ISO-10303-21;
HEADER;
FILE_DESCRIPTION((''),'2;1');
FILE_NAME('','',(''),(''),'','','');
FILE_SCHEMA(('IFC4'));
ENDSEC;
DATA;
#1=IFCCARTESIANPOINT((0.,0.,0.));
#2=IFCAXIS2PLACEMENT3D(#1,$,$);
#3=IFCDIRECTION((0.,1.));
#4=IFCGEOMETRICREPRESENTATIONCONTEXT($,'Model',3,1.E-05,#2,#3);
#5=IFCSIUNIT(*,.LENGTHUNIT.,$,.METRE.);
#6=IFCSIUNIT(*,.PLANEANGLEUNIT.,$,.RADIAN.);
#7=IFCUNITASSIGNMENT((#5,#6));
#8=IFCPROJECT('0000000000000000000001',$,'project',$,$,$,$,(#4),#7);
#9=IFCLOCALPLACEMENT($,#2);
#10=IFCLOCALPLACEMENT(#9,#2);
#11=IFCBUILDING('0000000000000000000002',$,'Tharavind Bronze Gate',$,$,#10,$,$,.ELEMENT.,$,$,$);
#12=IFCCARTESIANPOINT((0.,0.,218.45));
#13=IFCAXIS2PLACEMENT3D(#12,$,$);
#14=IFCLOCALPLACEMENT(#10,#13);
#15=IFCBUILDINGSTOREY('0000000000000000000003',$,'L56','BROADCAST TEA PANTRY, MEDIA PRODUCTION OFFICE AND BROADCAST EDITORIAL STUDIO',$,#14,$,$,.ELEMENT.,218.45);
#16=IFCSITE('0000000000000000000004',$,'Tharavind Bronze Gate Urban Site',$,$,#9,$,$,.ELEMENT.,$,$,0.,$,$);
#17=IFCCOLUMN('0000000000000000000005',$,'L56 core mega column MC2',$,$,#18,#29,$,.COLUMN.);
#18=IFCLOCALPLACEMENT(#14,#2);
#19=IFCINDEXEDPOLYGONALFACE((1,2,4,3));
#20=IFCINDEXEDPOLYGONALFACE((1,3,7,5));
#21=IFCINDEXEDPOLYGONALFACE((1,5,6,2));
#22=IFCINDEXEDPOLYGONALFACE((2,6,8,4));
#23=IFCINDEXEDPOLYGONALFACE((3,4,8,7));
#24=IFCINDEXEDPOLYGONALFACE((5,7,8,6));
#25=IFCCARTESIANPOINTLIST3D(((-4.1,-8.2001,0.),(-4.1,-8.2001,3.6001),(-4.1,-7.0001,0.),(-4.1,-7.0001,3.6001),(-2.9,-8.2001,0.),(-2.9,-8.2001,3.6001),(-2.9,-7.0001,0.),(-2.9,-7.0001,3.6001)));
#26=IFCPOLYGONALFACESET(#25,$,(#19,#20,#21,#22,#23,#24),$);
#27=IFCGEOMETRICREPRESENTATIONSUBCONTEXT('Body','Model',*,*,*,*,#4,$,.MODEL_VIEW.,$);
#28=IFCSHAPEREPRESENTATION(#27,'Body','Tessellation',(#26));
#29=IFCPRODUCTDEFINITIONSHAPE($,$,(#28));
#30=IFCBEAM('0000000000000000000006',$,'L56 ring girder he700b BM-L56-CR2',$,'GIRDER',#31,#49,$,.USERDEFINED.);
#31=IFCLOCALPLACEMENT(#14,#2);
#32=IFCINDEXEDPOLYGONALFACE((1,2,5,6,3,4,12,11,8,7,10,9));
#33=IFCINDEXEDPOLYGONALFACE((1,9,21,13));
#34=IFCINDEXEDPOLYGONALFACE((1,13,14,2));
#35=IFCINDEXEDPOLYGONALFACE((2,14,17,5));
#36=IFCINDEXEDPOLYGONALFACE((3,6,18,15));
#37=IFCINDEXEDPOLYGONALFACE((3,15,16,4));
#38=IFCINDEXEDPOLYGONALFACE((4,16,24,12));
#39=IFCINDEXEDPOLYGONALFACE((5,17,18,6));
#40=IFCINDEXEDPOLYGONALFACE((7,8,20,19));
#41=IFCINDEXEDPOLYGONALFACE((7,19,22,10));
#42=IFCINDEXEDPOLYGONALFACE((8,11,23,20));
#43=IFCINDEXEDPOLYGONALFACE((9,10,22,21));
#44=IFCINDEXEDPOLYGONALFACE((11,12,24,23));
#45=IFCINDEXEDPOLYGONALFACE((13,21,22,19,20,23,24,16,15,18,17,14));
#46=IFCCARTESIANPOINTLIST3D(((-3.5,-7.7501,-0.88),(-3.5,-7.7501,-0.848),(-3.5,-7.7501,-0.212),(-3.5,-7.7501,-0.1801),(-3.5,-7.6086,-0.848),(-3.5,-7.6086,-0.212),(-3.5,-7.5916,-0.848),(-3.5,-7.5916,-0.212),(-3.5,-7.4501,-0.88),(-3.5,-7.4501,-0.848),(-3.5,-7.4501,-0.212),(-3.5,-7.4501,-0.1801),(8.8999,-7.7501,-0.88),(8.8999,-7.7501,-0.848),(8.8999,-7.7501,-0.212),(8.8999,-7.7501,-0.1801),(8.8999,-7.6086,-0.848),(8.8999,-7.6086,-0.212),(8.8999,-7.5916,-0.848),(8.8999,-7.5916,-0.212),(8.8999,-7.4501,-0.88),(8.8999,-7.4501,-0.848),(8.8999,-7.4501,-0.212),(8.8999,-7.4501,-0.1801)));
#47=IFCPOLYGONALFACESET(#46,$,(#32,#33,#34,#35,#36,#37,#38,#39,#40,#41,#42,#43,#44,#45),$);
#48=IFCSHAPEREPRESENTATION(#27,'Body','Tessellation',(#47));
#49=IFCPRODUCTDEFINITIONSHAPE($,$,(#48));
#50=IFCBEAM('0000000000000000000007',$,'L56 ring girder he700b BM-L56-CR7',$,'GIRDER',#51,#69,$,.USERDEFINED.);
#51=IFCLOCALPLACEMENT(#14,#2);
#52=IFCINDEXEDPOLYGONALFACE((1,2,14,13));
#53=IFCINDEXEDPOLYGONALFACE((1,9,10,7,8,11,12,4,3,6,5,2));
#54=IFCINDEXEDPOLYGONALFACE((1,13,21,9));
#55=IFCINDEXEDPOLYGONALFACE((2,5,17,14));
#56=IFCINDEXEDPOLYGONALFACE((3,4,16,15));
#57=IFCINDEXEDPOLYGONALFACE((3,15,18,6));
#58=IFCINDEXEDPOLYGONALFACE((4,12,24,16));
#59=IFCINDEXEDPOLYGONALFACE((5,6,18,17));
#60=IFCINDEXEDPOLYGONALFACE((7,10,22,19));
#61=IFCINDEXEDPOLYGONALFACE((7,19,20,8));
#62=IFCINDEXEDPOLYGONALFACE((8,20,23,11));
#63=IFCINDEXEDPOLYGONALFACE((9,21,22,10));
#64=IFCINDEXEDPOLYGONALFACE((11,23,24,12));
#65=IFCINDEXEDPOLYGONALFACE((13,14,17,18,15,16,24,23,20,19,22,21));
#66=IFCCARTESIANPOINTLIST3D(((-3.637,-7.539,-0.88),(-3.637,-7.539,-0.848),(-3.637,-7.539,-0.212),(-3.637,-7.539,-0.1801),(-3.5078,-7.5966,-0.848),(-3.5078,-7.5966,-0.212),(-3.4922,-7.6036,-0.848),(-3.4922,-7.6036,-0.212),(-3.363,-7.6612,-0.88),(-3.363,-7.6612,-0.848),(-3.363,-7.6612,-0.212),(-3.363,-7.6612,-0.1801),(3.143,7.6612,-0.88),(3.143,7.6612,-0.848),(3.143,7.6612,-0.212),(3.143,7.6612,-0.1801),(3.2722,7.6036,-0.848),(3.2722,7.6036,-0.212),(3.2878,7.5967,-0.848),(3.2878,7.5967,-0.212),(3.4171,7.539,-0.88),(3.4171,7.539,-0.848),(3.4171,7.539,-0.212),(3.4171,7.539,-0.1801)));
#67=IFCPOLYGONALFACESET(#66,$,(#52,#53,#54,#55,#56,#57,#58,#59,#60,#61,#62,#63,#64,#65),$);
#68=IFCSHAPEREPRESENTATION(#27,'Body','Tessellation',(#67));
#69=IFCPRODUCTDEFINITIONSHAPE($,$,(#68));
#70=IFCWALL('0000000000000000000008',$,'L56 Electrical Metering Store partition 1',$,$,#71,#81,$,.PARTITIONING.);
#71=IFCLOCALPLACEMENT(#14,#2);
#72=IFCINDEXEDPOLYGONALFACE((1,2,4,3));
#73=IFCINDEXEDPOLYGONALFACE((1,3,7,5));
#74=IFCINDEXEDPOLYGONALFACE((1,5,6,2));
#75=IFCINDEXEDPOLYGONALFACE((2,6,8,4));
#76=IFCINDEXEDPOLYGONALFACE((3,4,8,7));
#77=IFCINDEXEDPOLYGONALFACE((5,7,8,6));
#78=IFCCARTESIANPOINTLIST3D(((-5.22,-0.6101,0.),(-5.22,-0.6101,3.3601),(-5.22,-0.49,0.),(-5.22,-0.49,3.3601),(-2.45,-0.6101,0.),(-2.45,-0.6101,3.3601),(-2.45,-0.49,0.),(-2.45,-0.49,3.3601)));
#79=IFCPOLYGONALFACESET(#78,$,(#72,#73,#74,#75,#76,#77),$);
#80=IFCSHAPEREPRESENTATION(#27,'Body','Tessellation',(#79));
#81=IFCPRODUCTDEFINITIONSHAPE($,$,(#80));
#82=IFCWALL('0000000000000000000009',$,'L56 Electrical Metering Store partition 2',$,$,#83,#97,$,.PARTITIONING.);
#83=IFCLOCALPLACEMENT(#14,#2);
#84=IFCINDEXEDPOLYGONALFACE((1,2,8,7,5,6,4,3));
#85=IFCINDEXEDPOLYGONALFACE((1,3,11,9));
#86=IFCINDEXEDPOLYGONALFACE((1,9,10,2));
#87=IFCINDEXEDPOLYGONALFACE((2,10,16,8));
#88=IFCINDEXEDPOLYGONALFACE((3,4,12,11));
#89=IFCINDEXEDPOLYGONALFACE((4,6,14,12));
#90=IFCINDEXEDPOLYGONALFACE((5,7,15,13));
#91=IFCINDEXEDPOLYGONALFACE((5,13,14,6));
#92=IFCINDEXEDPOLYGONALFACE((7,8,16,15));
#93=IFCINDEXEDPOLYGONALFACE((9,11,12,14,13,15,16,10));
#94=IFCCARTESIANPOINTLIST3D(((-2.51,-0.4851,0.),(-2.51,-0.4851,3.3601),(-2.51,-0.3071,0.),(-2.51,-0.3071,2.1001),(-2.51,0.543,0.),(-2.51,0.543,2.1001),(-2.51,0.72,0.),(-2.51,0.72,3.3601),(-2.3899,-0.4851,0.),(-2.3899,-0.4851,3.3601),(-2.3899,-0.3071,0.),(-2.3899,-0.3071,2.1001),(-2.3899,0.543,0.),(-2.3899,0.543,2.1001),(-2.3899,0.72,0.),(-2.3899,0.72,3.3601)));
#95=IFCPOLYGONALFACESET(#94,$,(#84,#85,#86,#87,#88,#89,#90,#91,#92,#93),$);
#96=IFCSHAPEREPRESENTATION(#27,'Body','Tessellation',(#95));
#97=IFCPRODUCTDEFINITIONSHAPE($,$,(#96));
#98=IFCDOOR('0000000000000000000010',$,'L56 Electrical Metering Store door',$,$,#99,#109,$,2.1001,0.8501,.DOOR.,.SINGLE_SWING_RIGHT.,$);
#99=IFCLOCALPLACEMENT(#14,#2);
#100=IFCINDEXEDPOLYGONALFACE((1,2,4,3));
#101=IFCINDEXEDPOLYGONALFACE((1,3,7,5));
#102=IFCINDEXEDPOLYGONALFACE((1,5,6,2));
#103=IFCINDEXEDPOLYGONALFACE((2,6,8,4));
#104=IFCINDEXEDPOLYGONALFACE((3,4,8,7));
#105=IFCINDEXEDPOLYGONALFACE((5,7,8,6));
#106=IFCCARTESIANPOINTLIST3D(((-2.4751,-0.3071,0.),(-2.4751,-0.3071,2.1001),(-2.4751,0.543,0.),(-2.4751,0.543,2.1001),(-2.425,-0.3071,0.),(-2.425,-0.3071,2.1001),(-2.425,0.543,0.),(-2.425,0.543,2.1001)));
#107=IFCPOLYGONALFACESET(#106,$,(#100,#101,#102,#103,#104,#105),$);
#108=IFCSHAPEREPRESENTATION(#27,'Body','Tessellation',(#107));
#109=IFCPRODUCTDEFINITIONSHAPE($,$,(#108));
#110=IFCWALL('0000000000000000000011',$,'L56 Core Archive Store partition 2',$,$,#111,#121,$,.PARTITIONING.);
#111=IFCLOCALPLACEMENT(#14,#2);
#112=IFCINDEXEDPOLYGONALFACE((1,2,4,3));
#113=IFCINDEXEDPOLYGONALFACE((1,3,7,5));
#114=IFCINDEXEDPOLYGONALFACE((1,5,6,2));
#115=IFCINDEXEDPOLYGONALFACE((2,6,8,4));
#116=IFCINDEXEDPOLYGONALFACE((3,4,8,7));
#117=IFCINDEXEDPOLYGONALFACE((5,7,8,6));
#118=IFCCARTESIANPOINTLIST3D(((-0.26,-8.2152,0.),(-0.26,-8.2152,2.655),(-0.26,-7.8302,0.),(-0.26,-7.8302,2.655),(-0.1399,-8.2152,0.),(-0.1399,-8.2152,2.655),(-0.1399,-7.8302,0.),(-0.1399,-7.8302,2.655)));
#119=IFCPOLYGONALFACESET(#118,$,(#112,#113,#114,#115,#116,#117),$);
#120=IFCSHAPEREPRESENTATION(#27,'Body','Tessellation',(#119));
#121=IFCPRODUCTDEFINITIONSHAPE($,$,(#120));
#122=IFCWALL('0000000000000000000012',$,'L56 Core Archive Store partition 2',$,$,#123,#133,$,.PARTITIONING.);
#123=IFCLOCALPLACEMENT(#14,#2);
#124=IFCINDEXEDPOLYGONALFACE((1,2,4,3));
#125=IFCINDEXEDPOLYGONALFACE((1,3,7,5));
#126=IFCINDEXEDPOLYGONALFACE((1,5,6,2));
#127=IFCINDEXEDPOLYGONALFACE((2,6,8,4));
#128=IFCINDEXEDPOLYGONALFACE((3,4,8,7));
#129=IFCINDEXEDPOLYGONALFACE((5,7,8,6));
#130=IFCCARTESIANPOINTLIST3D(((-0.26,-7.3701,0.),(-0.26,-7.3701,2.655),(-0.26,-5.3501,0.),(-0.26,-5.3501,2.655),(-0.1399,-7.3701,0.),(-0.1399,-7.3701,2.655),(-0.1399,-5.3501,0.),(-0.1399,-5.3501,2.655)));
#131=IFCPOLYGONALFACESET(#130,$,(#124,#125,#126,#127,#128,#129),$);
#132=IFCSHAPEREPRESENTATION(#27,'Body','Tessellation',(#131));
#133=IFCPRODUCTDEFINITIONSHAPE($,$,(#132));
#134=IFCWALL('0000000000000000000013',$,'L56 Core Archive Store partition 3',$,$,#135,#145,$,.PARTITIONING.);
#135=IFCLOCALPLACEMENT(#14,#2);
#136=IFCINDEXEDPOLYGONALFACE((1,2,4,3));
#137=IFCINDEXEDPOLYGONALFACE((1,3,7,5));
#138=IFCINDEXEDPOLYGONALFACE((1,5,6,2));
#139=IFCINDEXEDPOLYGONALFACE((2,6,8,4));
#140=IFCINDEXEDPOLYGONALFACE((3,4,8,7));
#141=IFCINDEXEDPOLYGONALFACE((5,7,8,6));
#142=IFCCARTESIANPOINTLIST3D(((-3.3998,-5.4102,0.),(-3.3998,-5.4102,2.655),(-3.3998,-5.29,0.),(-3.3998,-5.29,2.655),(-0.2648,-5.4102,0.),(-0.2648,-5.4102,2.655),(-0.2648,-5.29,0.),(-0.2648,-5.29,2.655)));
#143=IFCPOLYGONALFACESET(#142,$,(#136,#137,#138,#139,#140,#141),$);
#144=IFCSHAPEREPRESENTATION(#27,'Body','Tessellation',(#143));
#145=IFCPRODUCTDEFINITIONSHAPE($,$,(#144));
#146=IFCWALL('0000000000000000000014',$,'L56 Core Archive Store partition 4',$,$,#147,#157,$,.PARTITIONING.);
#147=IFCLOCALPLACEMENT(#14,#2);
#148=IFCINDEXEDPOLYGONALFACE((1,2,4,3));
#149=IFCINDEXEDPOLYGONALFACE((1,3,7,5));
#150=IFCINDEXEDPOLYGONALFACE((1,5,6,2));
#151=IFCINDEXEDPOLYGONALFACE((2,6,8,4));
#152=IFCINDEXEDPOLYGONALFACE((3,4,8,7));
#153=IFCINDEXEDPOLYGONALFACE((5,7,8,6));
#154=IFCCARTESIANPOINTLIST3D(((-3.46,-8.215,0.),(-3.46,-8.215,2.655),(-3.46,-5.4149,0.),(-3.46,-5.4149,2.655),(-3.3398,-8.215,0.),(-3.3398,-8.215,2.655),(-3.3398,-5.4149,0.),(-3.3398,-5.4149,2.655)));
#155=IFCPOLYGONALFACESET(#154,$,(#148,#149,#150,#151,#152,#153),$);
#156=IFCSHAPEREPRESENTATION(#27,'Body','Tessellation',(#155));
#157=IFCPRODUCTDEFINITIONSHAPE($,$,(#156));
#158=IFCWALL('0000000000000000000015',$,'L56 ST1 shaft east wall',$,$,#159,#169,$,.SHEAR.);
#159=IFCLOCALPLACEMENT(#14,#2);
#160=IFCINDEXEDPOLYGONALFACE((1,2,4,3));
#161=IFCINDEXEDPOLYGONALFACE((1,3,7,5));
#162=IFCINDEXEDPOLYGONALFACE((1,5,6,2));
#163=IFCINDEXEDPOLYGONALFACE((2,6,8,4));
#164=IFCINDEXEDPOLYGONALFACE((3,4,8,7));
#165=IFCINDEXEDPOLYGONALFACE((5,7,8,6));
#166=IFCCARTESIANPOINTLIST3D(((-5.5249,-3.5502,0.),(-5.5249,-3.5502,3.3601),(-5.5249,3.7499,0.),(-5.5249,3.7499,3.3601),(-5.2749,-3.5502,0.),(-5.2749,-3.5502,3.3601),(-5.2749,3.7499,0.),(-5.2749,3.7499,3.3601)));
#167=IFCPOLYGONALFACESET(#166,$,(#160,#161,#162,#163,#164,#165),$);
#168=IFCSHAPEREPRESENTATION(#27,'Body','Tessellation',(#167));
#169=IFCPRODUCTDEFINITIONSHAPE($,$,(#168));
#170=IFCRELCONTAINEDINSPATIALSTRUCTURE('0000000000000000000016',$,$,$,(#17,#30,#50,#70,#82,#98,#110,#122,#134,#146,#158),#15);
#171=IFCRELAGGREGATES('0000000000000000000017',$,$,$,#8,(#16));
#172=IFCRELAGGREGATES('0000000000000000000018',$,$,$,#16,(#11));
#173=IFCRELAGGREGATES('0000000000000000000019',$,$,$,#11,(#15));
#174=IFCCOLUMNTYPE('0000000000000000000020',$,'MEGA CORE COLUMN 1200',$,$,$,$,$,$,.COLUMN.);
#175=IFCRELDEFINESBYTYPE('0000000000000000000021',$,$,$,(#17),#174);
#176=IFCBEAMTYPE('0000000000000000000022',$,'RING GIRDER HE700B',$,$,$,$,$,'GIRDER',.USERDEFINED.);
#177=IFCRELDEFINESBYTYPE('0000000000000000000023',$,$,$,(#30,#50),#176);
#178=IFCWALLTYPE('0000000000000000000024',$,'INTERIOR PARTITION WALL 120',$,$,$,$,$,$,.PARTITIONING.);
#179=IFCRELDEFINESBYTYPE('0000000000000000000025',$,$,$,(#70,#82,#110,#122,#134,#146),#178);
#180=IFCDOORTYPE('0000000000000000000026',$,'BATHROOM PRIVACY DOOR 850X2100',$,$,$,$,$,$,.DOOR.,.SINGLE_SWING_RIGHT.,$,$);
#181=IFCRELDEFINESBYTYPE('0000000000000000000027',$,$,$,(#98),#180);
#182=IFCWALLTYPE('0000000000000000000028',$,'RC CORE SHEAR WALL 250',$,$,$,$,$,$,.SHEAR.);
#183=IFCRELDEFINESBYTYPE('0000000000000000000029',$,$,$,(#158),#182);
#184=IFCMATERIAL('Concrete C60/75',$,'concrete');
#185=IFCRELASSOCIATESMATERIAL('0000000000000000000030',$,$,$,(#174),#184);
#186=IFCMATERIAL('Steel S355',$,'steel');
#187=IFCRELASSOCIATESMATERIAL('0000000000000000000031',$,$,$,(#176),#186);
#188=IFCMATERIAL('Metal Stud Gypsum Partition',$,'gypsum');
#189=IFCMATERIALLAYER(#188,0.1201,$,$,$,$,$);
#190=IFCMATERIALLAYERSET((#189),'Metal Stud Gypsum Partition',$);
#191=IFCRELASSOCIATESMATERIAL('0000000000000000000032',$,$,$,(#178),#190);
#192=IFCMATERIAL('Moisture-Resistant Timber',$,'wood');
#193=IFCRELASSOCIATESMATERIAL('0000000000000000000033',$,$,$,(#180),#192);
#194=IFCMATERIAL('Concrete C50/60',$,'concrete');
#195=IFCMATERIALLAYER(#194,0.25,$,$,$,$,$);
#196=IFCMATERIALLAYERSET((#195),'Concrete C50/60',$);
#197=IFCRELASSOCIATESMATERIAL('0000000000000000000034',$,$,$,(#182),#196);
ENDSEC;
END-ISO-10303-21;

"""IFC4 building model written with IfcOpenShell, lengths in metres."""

from ifc_helpers import new_model, si_unit, direction, frame, frame_2d, origin, origin_2d, place, context, subcontext, project, spatial, rectangle, i_section, extrude, material, layer, layer_set, material_profile, profile_set, type_object, element, fill, save


model = new_model("IFC4")

# Units and contexts
model_context = context("Model", 3, precision=1e-05, world=origin(), true_north=direction((0.0, 1.0)))
body_context = subcontext(model_context, "Body", "Model", "MODEL_VIEW")
ifc_project = project(units=[si_unit("LENGTHUNIT", "METRE"), si_unit("PLANEANGLEUNIT", "RADIAN")], contexts=[model_context])

# Site, building, storey
site_placement = place(None, origin())
site = spatial("IfcSite", under=ifc_project, at=site_placement, Name="Tharavind Bronze Gate Urban Site", CompositionType="ELEMENT", RefElevation=0.0)
building_placement = place(site_placement, origin())
building = spatial("IfcBuilding", under=site, at=building_placement, Name="Tharavind Bronze Gate", CompositionType="ELEMENT")
storey_placement = place(building_placement, frame((0.0, 0.0, 218.45)))
storey = spatial("IfcBuildingStorey", under=building, at=storey_placement, Name="L56", Description="BROADCAST TEA PANTRY, MEDIA PRODUCTION OFFICE AND BROADCAST EDITORIAL STUDIO", CompositionType="ELEMENT", Elevation=218.45)

# Column
ifc_material_1 = material(Name="Concrete C60/75", Category="concrete")
ifc_material_profile_1 = material_profile(ifc_material_1, rectangle(XDim=1.2, YDim=1.2, at=origin_2d()), Name="RCCOL1200")
ifc_profile_set_1 = profile_set([ifc_material_profile_1], Name="Concrete C60/75")
column_type = type_object("IfcColumnType", Name="MEGA CORE COLUMN 1200", PredefinedType="COLUMN", material=ifc_profile_set_1)
column_placement = place(storey_placement, frame((-3.5, -7.6001, 0.0), z_axis=(0.0, 0.0, 1.0), x_axis=(1.0, 0.0, 0.0)))
element("IfcColumn", 1, at=column_placement, inside=storey, type_object=column_type, Name="L56 core mega column MC2", PredefinedType="COLUMN", context=body_context, shape_type="SweptSolid", body=[
    extrude(rectangle(XDim=1.2, YDim=1.2, at=origin_2d()), origin(), (0.0, 0.0, 1.0), 3.6001),
])

# Beams
ifc_material_2 = material(Name="Steel S355", Category="steel")
ifc_material_profile_2 = material_profile(ifc_material_2, i_section(OverallWidth=0.3, OverallDepth=0.7, WebThickness=0.0171, FlangeThickness=0.032, at=origin_2d()), Name="HE700B")
ifc_profile_set_2 = profile_set([ifc_material_profile_2], Name="Steel S355")
beam_type = type_object("IfcBeamType", Name="RING GIRDER HE700B", ElementType="GIRDER", PredefinedType="USERDEFINED", material=ifc_profile_set_2)
beam_1_placement = place(storey_placement, frame((-3.5, -7.6001, -0.53), z_axis=(1.0, 0.0, 0.0), x_axis=(0.0, 1.0, 0.0)))
element("IfcBeam", 2, at=beam_1_placement, inside=storey, type_object=beam_type, Name="L56 ring girder he700b BM-L56-CR2", ObjectType="GIRDER", PredefinedType="USERDEFINED", context=body_context, shape_type="SweptSolid", body=[
    extrude(i_section(OverallWidth=0.3, OverallDepth=0.7, WebThickness=0.0171, FlangeThickness=0.032, at=origin_2d()), origin(), (0.0, 0.0, 1.0), 12.3999),
])
beam_2_placement = place(storey_placement, frame((-3.5, -7.6001, -0.53), z_axis=(0.407362, 0.913267, 0.0), x_axis=(-0.913267, 0.407362, 0.0)))
element("IfcBeam", 3, at=beam_2_placement, inside=storey, type_object=beam_type, Name="L56 ring girder he700b BM-L56-CR7", ObjectType="GIRDER", PredefinedType="USERDEFINED", context=body_context, shape_type="SweptSolid", body=[
    extrude(i_section(OverallWidth=0.3, OverallDepth=0.7, WebThickness=0.0171, FlangeThickness=0.032, at=origin_2d()), origin(), (0.0, 0.0, 1.0), 16.6438),
])

# Wall
ifc_material_3 = material(Name="Metal Stud Gypsum Partition", Category="gypsum")
ifc_layer_1 = layer(ifc_material_3, 0.1201)
ifc_layer_set_1 = layer_set([ifc_layer_1], Name="Metal Stud Gypsum Partition")
wall_type_1 = type_object("IfcWallType", Name="INTERIOR PARTITION WALL 120", PredefinedType="PARTITIONING", material=ifc_layer_set_1)
wall_1_placement = place(storey_placement, frame((-5.22, -0.55, 0.0), z_axis=(0.0, 0.0, 1.0), x_axis=(1.0, 0.0, 0.0)))
element("IfcWall", 4, at=wall_1_placement, inside=storey, type_object=wall_type_1, Name="L56 Electrical Metering Store partition 1", PredefinedType="PARTITIONING", context=body_context, shape_type="SweptSolid", body=[
    extrude(rectangle(XDim=2.77, YDim=0.1201, at=frame_2d((1.385, 0.0))), origin(), (0.0, 0.0, 1.0), 3.3601),
])

# Wall, opening, door
wall_2_placement = place(storey_placement, frame((-2.45, -0.4851, 0.0), z_axis=(0.0, 0.0, 1.0), x_axis=(0.0, 1.0, 0.0)))
wall_2 = element("IfcWall", 5, at=wall_2_placement, inside=storey, type_object=wall_type_1, Name="L56 Electrical Metering Store partition 2", PredefinedType="PARTITIONING", context=body_context, shape_type="SweptSolid", body=[
    extrude(rectangle(XDim=1.2051, YDim=0.1201, at=frame_2d((0.6025, 0.0))), origin(), (0.0, 0.0, 1.0), 3.3601),
])
opening_1_placement = place(wall_2_placement, frame((0.178, 0.0, 0.0)))
opening_1 = element("IfcOpeningElement", 6, at=opening_1_placement, cuts=wall_2, PredefinedType="OPENING", context=body_context, shape_type="SweptSolid", body=[
    extrude(rectangle(XDim=0.8501, YDim=2.1001, at=frame_2d((0.425, 1.05))), frame((0.0, 0.0701, 0.0), z_axis=(0.0, -1.0, 0.0), x_axis=(1.0, 0.0, 0.0)), (0.0, 0.0, 1.0), 0.1401),
])
ifc_material_4 = material(Name="Moisture-Resistant Timber", Category="wood")
door_type_1 = type_object("IfcDoorType", Name="BATHROOM PRIVACY DOOR 850X2100", OperationType="SINGLE_SWING_RIGHT", PredefinedType="DOOR", material=ifc_material_4)
door_1_placement = place(opening_1_placement, frame((0.8501, 0.0, 0.0), z_axis=(0.0, 0.0, 1.0), x_axis=(-1.0, 0.0, 0.0)))
door_1 = element("IfcDoor", 7, at=door_1_placement, inside=storey, type_object=door_type_1, Name="L56 Electrical Metering Store door", OperationType="SINGLE_SWING_RIGHT", OverallHeight=2.1001, OverallWidth=0.8501, PredefinedType="DOOR", context=body_context, shape_type="SweptSolid", body=[
    extrude(rectangle(XDim=0.8501, YDim=2.1001, at=frame_2d((0.425, 1.05))), frame((0.0, 0.0249, 0.0), z_axis=(0.0, -1.0, 0.0), x_axis=(1.0, 0.0, 0.0)), (0.0, 0.0, 1.0), 0.05),
])
fill(opening_1, door_1)

# Walls
wall_3_placement = place(storey_placement, frame((-0.2, -8.2151, 0.0), z_axis=(0.0, 0.0, 1.0), x_axis=(0.0, 1.0, 0.0)))
element("IfcWall", 8, at=wall_3_placement, inside=storey, type_object=wall_type_1, Name="L56 Core Archive Store partition 2", PredefinedType="PARTITIONING", context=body_context, shape_type="SweptSolid", body=[
    extrude(rectangle(XDim=0.385, YDim=0.1201, at=frame_2d((0.1924, 0.0))), origin(), (0.0, 0.0, 1.0), 2.655),
])
wall_4_placement = place(storey_placement, frame((-0.2, -7.3701, 0.0), z_axis=(0.0, 0.0, 1.0), x_axis=(0.0, 1.0, 0.0)))
element("IfcWall", 9, at=wall_4_placement, inside=storey, type_object=wall_type_1, Name="L56 Core Archive Store partition 2", PredefinedType="PARTITIONING", context=body_context, shape_type="SweptSolid", body=[
    extrude(rectangle(XDim=2.02, YDim=0.1201, at=frame_2d((1.01, 0.0))), origin(), (0.0, 0.0, 1.0), 2.655),
])
wall_5_placement = place(storey_placement, frame((-0.2649, -5.3501, 0.0), z_axis=(0.0, 0.0, 1.0), x_axis=(-1.0, 0.0, 0.0)))
element("IfcWall", 10, at=wall_5_placement, inside=storey, type_object=wall_type_1, Name="L56 Core Archive Store partition 3", PredefinedType="PARTITIONING", context=body_context, shape_type="SweptSolid", body=[
    extrude(rectangle(XDim=3.135, YDim=0.1201, at=frame_2d((1.5674, 0.0))), origin(), (0.0, 0.0, 1.0), 2.655),
])
wall_6_placement = place(storey_placement, frame((-3.3999, -5.415, 0.0), z_axis=(0.0, 0.0, 1.0), x_axis=(0.0, -1.0, 0.0)))
element("IfcWall", 11, at=wall_6_placement, inside=storey, type_object=wall_type_1, Name="L56 Core Archive Store partition 4", PredefinedType="PARTITIONING", context=body_context, shape_type="SweptSolid", body=[
    extrude(rectangle(XDim=2.8, YDim=0.1201, at=frame_2d((1.3999, 0.0))), origin(), (0.0, 0.0, 1.0), 2.655),
])
ifc_material_5 = material(Name="Concrete C50/60", Category="concrete")
ifc_layer_2 = layer(ifc_material_5, 0.25)
ifc_layer_set_2 = layer_set([ifc_layer_2], Name="Concrete C50/60")
wall_type_2 = type_object("IfcWallType", Name="RC CORE SHEAR WALL 250", PredefinedType="SHEAR", material=ifc_layer_set_2)
wall_7_placement = place(storey_placement, frame((-5.3999, -3.55, 0.0), z_axis=(0.0, 0.0, 1.0), x_axis=(0.0, 1.0, 0.0)))
element("IfcWall", 12, at=wall_7_placement, inside=storey, type_object=wall_type_2, Name="L56 ST1 shaft east wall", PredefinedType="SHEAR", context=body_context, shape_type="SweptSolid", body=[
    extrude(rectangle(XDim=7.3, YDim=0.25, at=frame_2d((3.6499, 0.0))), origin(), (0.0, 0.0, 1.0), 3.3601),
])

save(model, "model.ifc")
